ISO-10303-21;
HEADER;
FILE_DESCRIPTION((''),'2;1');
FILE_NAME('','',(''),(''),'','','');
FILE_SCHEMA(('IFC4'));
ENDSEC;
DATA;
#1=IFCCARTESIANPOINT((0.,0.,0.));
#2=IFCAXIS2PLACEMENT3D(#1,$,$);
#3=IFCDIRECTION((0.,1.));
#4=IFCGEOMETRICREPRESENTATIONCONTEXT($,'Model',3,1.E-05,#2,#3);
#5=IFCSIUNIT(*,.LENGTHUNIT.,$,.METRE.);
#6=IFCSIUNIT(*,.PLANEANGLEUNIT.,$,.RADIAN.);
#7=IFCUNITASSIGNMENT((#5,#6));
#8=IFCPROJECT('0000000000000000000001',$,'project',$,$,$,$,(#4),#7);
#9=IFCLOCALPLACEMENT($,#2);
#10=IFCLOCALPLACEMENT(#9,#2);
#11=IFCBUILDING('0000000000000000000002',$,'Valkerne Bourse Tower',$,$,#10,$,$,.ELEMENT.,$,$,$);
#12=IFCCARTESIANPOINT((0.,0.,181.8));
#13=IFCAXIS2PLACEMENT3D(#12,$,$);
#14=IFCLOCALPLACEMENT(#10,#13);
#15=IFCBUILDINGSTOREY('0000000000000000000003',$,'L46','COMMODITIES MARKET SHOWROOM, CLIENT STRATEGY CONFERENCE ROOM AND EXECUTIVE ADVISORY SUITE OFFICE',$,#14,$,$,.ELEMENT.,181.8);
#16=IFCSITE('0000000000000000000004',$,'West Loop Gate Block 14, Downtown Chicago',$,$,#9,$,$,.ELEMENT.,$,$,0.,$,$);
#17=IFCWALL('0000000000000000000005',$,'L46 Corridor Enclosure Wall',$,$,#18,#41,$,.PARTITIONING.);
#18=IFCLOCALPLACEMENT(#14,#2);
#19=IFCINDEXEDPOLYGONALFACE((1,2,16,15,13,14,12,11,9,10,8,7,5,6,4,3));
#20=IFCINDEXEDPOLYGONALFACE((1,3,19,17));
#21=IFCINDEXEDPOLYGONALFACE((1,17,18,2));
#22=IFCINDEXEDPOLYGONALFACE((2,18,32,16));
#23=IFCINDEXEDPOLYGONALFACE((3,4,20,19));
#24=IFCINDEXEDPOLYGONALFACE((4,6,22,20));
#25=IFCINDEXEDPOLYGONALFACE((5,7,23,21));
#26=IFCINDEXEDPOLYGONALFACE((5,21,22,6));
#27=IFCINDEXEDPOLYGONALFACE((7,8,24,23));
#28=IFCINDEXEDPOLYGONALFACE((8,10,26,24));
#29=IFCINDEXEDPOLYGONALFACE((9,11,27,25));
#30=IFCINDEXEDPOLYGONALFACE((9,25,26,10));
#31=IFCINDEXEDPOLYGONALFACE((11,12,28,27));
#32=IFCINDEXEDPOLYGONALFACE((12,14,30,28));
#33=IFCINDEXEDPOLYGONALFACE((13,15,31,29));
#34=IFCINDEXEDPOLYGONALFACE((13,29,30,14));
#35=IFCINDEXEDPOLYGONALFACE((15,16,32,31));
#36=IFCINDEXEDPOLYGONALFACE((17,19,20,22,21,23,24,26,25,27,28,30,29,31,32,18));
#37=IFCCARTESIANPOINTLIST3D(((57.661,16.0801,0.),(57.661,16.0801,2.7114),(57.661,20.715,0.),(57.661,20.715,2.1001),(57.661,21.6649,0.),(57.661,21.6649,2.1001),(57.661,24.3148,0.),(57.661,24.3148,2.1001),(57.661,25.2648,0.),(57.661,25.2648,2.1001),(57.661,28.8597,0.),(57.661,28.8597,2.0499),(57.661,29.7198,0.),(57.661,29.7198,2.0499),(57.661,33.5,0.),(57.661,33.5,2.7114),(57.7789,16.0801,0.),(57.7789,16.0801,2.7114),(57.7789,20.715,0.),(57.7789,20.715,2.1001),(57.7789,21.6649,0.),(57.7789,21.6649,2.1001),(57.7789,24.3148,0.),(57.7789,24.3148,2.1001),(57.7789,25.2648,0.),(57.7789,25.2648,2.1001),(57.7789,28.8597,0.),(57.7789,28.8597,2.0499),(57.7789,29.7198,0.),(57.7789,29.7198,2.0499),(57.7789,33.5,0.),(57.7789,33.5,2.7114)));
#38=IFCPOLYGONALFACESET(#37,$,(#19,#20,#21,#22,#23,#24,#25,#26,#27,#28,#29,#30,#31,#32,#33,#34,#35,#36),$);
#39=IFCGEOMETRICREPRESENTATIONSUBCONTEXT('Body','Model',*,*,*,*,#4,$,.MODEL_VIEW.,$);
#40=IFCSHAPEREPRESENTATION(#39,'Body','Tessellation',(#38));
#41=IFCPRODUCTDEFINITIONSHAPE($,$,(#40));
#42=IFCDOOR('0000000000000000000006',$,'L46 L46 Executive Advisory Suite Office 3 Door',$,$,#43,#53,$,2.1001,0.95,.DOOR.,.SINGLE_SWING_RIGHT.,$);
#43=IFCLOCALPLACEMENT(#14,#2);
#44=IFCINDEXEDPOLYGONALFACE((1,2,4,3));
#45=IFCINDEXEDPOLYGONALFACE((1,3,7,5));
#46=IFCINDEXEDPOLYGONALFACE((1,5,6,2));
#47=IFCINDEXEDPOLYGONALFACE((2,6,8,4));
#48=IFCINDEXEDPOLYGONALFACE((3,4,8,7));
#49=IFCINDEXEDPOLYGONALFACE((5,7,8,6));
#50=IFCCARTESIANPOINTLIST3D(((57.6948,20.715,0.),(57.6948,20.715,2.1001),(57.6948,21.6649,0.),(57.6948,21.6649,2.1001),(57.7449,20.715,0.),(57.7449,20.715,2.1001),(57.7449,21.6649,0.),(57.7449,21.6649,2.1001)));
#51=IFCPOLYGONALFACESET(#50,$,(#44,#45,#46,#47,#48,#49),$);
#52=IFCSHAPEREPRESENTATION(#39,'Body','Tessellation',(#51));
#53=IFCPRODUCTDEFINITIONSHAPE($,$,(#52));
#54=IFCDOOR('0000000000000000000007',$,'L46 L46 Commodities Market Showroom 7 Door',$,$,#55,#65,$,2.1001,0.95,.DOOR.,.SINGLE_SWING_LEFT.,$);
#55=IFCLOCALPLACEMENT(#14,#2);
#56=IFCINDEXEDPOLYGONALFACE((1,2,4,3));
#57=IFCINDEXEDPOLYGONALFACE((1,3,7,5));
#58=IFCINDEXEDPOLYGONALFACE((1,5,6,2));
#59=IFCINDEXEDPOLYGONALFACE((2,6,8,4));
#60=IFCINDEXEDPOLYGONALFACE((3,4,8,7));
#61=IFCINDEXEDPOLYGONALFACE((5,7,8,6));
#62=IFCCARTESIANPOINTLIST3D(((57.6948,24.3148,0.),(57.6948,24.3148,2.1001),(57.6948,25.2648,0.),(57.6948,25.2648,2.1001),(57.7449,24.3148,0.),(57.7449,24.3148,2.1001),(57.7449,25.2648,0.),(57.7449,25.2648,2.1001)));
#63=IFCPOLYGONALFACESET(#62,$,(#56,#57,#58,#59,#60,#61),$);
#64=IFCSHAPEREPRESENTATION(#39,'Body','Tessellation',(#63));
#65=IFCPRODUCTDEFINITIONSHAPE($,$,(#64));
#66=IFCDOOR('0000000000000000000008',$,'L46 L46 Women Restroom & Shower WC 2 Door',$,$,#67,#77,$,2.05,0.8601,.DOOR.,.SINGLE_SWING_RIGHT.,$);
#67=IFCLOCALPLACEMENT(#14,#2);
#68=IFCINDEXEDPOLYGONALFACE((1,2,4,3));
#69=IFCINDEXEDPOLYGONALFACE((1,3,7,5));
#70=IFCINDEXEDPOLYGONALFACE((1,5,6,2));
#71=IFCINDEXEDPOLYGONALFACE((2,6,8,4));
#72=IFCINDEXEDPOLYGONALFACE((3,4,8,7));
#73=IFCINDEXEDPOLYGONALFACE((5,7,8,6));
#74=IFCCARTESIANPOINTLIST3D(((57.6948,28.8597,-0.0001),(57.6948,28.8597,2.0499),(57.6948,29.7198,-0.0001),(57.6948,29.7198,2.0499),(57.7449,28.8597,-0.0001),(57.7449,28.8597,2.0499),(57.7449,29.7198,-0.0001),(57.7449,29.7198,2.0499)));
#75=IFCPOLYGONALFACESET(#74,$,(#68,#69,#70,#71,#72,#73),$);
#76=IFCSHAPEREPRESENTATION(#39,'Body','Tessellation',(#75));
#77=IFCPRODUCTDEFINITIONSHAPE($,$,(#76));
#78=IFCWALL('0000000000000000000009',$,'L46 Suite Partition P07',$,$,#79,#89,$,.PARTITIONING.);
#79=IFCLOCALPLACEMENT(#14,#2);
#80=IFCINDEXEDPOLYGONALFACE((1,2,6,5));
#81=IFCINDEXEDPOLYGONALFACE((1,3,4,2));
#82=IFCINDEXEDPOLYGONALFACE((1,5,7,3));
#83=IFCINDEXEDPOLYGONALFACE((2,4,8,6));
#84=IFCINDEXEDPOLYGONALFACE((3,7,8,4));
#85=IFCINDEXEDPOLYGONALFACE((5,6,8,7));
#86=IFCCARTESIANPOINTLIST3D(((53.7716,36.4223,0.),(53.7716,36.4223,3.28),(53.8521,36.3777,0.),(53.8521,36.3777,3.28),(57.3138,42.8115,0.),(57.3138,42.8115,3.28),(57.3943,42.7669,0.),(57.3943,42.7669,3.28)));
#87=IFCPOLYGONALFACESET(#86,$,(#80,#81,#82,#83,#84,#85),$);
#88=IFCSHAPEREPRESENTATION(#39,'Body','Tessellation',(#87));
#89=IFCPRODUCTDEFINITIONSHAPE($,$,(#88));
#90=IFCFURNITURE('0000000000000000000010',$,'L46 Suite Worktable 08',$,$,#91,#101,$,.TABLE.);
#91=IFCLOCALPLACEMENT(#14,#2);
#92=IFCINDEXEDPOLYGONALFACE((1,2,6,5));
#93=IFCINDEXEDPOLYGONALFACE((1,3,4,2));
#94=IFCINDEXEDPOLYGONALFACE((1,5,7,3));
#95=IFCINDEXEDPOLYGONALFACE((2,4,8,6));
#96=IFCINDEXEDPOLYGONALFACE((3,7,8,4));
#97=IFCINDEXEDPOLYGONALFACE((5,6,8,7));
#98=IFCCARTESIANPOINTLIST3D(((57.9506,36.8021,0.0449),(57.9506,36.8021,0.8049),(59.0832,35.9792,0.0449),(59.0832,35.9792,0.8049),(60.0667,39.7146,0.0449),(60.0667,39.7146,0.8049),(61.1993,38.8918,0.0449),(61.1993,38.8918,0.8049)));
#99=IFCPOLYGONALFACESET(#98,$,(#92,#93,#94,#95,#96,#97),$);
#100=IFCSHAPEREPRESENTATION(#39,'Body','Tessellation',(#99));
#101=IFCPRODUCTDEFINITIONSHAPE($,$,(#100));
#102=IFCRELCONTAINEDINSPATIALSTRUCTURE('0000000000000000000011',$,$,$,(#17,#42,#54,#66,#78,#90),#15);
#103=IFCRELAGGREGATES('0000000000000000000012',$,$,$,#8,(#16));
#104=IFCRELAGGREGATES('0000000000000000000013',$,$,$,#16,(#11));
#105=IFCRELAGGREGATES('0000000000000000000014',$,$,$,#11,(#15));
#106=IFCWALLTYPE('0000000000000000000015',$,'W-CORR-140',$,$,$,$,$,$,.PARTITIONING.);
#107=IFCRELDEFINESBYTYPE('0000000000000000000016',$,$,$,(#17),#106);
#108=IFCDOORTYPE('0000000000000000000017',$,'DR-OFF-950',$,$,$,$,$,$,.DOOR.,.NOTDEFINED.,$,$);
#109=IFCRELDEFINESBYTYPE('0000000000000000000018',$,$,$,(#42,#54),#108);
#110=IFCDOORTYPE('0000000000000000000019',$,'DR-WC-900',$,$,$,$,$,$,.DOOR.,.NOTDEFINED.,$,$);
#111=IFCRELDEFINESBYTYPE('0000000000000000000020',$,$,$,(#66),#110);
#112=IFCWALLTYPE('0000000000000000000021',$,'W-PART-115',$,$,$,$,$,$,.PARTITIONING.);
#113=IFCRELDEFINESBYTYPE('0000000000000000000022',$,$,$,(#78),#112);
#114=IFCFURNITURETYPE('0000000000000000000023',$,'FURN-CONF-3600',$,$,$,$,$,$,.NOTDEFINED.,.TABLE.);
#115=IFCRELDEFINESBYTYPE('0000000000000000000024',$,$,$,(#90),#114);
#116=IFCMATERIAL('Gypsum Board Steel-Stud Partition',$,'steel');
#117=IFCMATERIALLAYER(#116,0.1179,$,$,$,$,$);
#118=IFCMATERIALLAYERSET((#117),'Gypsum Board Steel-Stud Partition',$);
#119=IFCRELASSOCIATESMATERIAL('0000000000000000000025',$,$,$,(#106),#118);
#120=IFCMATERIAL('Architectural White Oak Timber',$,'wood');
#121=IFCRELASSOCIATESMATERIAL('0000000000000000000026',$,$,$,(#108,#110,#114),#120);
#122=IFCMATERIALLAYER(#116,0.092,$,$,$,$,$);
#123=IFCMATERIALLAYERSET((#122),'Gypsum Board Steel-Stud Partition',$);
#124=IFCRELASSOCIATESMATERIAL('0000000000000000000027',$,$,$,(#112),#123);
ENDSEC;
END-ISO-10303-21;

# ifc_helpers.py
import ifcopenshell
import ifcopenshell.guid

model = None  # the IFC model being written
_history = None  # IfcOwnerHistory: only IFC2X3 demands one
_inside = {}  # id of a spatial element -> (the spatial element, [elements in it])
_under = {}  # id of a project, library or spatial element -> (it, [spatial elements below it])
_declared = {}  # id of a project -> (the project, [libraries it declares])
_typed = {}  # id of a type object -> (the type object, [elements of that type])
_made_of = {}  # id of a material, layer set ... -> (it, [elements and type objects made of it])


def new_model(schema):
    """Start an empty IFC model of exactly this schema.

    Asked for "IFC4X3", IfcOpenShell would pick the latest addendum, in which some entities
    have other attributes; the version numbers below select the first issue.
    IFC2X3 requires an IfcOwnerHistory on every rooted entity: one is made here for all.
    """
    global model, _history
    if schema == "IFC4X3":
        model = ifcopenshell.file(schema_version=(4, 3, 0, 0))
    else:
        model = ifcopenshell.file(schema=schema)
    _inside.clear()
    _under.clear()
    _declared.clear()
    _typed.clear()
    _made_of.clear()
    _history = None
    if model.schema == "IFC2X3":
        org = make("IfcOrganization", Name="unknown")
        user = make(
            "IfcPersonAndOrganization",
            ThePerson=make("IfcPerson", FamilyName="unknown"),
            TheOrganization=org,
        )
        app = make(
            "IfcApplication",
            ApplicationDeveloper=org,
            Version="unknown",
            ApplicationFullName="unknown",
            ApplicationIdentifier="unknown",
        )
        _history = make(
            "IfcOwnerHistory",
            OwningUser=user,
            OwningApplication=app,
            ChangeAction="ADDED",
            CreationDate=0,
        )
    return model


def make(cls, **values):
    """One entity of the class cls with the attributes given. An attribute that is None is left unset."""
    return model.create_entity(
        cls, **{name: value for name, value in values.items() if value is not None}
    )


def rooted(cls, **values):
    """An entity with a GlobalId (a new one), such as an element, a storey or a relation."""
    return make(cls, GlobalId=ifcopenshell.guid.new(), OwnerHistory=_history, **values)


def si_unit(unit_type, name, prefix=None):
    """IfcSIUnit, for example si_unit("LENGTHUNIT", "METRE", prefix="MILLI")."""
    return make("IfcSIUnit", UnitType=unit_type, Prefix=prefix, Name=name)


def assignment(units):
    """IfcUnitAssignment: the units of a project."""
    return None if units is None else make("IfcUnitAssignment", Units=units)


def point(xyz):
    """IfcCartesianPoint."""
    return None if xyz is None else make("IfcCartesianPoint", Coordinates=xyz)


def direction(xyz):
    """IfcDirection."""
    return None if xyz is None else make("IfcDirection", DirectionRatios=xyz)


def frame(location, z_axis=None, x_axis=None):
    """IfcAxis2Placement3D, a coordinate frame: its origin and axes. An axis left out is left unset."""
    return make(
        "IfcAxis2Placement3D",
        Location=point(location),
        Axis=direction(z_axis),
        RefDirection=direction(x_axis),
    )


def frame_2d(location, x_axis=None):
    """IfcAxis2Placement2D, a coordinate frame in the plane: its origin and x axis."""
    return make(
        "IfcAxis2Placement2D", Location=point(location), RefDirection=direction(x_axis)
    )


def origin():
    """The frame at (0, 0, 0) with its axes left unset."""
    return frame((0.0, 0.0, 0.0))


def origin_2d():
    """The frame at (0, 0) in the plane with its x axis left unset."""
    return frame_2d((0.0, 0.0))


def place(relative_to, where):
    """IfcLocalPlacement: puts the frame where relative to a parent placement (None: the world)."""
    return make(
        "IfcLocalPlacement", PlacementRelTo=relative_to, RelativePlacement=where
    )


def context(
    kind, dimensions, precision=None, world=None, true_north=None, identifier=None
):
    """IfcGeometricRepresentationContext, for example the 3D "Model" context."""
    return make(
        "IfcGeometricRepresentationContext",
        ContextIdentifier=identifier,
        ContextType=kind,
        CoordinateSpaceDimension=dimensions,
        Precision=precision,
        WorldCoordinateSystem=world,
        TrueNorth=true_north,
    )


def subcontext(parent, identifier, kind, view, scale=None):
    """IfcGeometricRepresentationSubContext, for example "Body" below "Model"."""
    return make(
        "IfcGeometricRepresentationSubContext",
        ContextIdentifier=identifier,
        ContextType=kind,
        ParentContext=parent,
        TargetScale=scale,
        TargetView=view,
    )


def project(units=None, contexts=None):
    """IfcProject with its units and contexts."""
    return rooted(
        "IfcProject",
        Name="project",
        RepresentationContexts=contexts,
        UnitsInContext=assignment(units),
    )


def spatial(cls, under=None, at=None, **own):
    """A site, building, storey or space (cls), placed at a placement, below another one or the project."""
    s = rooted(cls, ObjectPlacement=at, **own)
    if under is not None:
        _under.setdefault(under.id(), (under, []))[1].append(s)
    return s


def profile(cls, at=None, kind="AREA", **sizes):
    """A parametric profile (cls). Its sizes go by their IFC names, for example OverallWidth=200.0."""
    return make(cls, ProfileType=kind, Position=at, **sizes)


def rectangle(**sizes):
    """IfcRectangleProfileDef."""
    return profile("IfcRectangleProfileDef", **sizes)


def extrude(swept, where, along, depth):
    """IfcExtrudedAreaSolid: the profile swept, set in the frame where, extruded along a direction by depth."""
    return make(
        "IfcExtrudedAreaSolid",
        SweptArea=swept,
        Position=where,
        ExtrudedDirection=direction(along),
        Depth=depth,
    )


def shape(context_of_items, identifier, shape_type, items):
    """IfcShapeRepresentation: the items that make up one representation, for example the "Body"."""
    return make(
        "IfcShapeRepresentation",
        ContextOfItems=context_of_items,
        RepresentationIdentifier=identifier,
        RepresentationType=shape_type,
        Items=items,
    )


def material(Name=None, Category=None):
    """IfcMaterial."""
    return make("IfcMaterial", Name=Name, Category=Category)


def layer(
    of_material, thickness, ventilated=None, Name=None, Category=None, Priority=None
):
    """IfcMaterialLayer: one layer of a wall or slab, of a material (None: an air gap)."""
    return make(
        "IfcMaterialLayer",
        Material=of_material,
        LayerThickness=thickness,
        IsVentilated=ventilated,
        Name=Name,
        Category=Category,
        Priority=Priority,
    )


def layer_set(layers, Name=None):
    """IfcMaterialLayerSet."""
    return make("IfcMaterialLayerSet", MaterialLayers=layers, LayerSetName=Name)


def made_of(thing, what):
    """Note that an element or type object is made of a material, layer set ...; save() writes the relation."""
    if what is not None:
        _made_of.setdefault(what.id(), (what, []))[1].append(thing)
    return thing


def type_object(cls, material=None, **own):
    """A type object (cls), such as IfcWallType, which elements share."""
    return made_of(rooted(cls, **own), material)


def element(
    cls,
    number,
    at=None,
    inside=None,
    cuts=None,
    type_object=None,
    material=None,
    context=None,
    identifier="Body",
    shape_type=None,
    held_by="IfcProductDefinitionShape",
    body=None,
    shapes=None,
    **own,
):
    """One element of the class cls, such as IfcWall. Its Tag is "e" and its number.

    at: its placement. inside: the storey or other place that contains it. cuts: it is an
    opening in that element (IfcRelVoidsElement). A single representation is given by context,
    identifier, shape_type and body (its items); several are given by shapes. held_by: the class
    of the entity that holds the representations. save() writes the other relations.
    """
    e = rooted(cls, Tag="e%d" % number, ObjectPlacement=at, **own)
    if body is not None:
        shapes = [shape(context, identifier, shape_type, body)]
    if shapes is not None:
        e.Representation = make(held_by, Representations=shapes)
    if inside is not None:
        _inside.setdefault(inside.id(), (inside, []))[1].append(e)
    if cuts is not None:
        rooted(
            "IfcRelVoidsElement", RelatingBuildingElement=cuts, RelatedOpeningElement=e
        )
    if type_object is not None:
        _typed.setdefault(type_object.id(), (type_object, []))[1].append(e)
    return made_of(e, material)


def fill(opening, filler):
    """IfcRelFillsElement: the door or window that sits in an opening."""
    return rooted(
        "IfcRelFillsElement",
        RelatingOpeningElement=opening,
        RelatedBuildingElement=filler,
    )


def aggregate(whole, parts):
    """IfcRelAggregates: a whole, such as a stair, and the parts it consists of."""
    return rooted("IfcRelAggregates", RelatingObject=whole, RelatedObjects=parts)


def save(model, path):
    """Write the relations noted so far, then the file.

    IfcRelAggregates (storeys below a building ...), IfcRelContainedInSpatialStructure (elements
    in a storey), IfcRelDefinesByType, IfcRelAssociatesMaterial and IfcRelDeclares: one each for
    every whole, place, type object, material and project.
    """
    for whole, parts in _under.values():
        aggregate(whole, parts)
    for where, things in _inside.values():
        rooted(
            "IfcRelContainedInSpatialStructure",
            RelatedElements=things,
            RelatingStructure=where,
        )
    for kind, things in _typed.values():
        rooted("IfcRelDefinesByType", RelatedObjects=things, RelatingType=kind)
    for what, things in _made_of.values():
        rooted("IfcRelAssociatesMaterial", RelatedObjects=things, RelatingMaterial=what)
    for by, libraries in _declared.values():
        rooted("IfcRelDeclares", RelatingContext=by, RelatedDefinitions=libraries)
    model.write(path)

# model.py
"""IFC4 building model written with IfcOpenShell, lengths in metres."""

from ifc_helpers import new_model, si_unit, direction, frame, frame_2d, origin, origin_2d, place, context, subcontext, project, spatial, rectangle, extrude, material, layer, layer_set, type_object, element, fill, save


model = new_model("IFC4")

# Units and contexts
model_context = context("Model", 3, precision=1e-05, world=origin(), true_north=direction((0.0, 1.0)))
body_context = subcontext(model_context, "Body", "Model", "MODEL_VIEW")
ifc_project = project(units=[si_unit("LENGTHUNIT", "METRE"), si_unit("PLANEANGLEUNIT", "RADIAN")], contexts=[model_context])

# Site, building, storey
site_placement = place(None, origin())
site = spatial("IfcSite", under=ifc_project, at=site_placement, Name="West Loop Gate Block 14, Downtown Chicago", CompositionType="ELEMENT", RefElevation=0.0)
building_placement = place(site_placement, origin())
building = spatial("IfcBuilding", under=site, at=building_placement, Name="Valkerne Bourse Tower", CompositionType="ELEMENT")
storey_placement = place(building_placement, frame((0.0, 0.0, 181.8)))
storey = spatial("IfcBuildingStorey", under=building, at=storey_placement, Name="L46", Description="COMMODITIES MARKET SHOWROOM, CLIENT STRATEGY CONFERENCE ROOM AND EXECUTIVE ADVISORY SUITE OFFICE", CompositionType="ELEMENT", Elevation=181.8)

# Shared definitions
ifc_material_1 = material(Name="Gypsum Board Steel-Stud Partition", Category="steel")
ifc_layer_1 = layer(ifc_material_1, 0.1179)
ifc_layer_set_1 = layer_set([ifc_layer_1], Name="Gypsum Board Steel-Stud Partition")
wall_type_1 = type_object("IfcWallType", Name="W-CORR-140", PredefinedType="PARTITIONING", material=ifc_layer_set_1)

# Wall, openings, doors
wall_1_placement = place(storey_placement, frame((57.72, 33.5, 0.0), z_axis=(0.0, 0.0, 1.0), x_axis=(0.0, -1.0, 0.0)))
wall_1 = element("IfcWall", 1, at=wall_1_placement, inside=storey, type_object=wall_type_1, Name="L46 Corridor Enclosure Wall", PredefinedType="PARTITIONING", context=body_context, shape_type="SweptSolid", body=[
    extrude(rectangle(XDim=17.4199, YDim=0.1179, at=frame_2d((8.71, 0.0))), origin(), (0.0, 0.0, 1.0), 2.7114),
])
opening_1_placement = place(wall_1_placement, frame((3.78, 0.0, 0.0)))
opening_1 = element("IfcOpeningElement", 2, at=opening_1_placement, cuts=wall_1, PredefinedType="OPENING", context=body_context, shape_type="SweptSolid", body=[
    extrude(rectangle(XDim=0.8601, YDim=2.05, at=frame_2d((0.4302, 1.0249))), frame((0.0, 0.0688, 0.0), z_axis=(0.0, -1.0, 0.0), x_axis=(1.0, 0.0, 0.0)), (0.0, 0.0, 1.0), 0.1379),
])
opening_2_placement = place(wall_1_placement, frame((11.835, 0.0, 0.0)))
opening_2 = element("IfcOpeningElement", 3, at=opening_2_placement, cuts=wall_1, PredefinedType="OPENING", context=body_context, shape_type="SweptSolid", body=[
    extrude(rectangle(XDim=0.95, YDim=2.1001, at=frame_2d((0.4751, 1.05))), frame((0.0, 0.0688, 0.0), z_axis=(0.0, -1.0, 0.0), x_axis=(1.0, 0.0, 0.0)), (0.0, 0.0, 1.0), 0.1379),
])
opening_3_placement = place(wall_1_placement, frame((8.2351, 0.0, 0.0)))
opening_3 = element("IfcOpeningElement", 4, at=opening_3_placement, cuts=wall_1, PredefinedType="OPENING", context=body_context, shape_type="SweptSolid", body=[
    extrude(rectangle(XDim=0.95, YDim=2.1001, at=frame_2d((0.4751, 1.05))), frame((0.0, 0.0688, 0.0), z_axis=(0.0, -1.0, 0.0), x_axis=(1.0, 0.0, 0.0)), (0.0, 0.0, 1.0), 0.1379),
])
ifc_material_2 = material(Name="Architectural White Oak Timber", Category="wood")
door_type_1 = type_object("IfcDoorType", Name="DR-OFF-950", OperationType="NOTDEFINED", PredefinedType="DOOR", material=ifc_material_2)
door_1_placement = place(opening_2_placement, origin())
door_1 = element("IfcDoor", 5, at=door_1_placement, inside=storey, type_object=door_type_1, Name="L46 L46 Executive Advisory Suite Office 3 Door", OperationType="SINGLE_SWING_RIGHT", OverallHeight=2.1001, OverallWidth=0.95, PredefinedType="DOOR", context=body_context, shape_type="SweptSolid", body=[
    extrude(rectangle(XDim=0.95, YDim=2.1001, at=frame_2d((0.4751, 1.05))), frame((0.0, 0.0249, 0.0), z_axis=(0.0, -1.0, 0.0), x_axis=(1.0, 0.0, 0.0)), (0.0, 0.0, 1.0), 0.05),
])
fill(opening_2, door_1)
door_2_placement = place(opening_3_placement, origin())
door_2 = element("IfcDoor", 6, at=door_2_placement, inside=storey, type_object=door_type_1, Name="L46 L46 Commodities Market Showroom 7 Door", OperationType="SINGLE_SWING_LEFT", OverallHeight=2.1001, OverallWidth=0.95, PredefinedType="DOOR", context=body_context, shape_type="SweptSolid", body=[
    extrude(rectangle(XDim=0.95, YDim=2.1001, at=frame_2d((0.4751, 1.05))), frame((0.0, 0.0249, 0.0), z_axis=(0.0, -1.0, 0.0), x_axis=(1.0, 0.0, 0.0)), (0.0, 0.0, 1.0), 0.05),
])
fill(opening_3, door_2)
door_type_2 = type_object("IfcDoorType", Name="DR-WC-900", OperationType="NOTDEFINED", PredefinedType="DOOR", material=ifc_material_2)
door_3_placement = place(opening_1_placement, origin())
door_3 = element("IfcDoor", 7, at=door_3_placement, inside=storey, type_object=door_type_2, Name="L46 L46 Women Restroom & Shower WC 2 Door", OperationType="SINGLE_SWING_RIGHT", OverallHeight=2.05, OverallWidth=0.8601, PredefinedType="DOOR", context=body_context, shape_type="SweptSolid", body=[
    extrude(rectangle(XDim=0.8601, YDim=2.05, at=frame_2d((0.4302, 1.0249))), frame((0.0, 0.0249, 0.0), z_axis=(0.0, -1.0, 0.0), x_axis=(1.0, 0.0, 0.0)), (0.0, 0.0, 1.0), 0.05),
])
fill(opening_1, door_3)

# Wall
ifc_layer_2 = layer(ifc_material_1, 0.092)
ifc_layer_set_2 = layer_set([ifc_layer_2], Name="Gypsum Board Steel-Stud Partition")
wall_type_2 = type_object("IfcWallType", Name="W-PART-115", PredefinedType="PARTITIONING", material=ifc_layer_set_2)
wall_2_placement = place(storey_placement, frame((53.8118, 36.3999, 0.0), z_axis=(0.0, 0.0, 1.0), x_axis=(0.484879, 0.874581, 0.0)))
element("IfcWall", 8, at=wall_2_placement, inside=storey, type_object=wall_type_2, Name="L46 Suite Partition P07", PredefinedType="PARTITIONING", context=body_context, shape_type="SweptSolid", body=[
    extrude(rectangle(XDim=7.3054, YDim=0.092, at=frame_2d((3.6528, 0.0))), origin(), (0.0, 0.0, 1.0), 3.28),
])

# Furniture
furniture_type = type_object("IfcFurnitureType", Name="FURN-CONF-3600", AssemblyPlace="NOTDEFINED", PredefinedType="TABLE", material=ifc_material_2)
furniture_placement = place(storey_placement, frame((59.575, 37.8469, 0.0449), z_axis=(0.0, 0.0, 1.0), x_axis=(0.587785, 0.809017, 0.0)))
element("IfcFurniture", 9, at=furniture_placement, inside=storey, type_object=furniture_type, Name="L46 Suite Worktable 08", PredefinedType="TABLE", context=body_context, shape_type="SweptSolid", body=[
    extrude(rectangle(XDim=3.6001, YDim=1.3999, at=origin_2d()), origin(), (0.0, 0.0, 1.0), 0.76),
])

save(model, "model.ifc")
